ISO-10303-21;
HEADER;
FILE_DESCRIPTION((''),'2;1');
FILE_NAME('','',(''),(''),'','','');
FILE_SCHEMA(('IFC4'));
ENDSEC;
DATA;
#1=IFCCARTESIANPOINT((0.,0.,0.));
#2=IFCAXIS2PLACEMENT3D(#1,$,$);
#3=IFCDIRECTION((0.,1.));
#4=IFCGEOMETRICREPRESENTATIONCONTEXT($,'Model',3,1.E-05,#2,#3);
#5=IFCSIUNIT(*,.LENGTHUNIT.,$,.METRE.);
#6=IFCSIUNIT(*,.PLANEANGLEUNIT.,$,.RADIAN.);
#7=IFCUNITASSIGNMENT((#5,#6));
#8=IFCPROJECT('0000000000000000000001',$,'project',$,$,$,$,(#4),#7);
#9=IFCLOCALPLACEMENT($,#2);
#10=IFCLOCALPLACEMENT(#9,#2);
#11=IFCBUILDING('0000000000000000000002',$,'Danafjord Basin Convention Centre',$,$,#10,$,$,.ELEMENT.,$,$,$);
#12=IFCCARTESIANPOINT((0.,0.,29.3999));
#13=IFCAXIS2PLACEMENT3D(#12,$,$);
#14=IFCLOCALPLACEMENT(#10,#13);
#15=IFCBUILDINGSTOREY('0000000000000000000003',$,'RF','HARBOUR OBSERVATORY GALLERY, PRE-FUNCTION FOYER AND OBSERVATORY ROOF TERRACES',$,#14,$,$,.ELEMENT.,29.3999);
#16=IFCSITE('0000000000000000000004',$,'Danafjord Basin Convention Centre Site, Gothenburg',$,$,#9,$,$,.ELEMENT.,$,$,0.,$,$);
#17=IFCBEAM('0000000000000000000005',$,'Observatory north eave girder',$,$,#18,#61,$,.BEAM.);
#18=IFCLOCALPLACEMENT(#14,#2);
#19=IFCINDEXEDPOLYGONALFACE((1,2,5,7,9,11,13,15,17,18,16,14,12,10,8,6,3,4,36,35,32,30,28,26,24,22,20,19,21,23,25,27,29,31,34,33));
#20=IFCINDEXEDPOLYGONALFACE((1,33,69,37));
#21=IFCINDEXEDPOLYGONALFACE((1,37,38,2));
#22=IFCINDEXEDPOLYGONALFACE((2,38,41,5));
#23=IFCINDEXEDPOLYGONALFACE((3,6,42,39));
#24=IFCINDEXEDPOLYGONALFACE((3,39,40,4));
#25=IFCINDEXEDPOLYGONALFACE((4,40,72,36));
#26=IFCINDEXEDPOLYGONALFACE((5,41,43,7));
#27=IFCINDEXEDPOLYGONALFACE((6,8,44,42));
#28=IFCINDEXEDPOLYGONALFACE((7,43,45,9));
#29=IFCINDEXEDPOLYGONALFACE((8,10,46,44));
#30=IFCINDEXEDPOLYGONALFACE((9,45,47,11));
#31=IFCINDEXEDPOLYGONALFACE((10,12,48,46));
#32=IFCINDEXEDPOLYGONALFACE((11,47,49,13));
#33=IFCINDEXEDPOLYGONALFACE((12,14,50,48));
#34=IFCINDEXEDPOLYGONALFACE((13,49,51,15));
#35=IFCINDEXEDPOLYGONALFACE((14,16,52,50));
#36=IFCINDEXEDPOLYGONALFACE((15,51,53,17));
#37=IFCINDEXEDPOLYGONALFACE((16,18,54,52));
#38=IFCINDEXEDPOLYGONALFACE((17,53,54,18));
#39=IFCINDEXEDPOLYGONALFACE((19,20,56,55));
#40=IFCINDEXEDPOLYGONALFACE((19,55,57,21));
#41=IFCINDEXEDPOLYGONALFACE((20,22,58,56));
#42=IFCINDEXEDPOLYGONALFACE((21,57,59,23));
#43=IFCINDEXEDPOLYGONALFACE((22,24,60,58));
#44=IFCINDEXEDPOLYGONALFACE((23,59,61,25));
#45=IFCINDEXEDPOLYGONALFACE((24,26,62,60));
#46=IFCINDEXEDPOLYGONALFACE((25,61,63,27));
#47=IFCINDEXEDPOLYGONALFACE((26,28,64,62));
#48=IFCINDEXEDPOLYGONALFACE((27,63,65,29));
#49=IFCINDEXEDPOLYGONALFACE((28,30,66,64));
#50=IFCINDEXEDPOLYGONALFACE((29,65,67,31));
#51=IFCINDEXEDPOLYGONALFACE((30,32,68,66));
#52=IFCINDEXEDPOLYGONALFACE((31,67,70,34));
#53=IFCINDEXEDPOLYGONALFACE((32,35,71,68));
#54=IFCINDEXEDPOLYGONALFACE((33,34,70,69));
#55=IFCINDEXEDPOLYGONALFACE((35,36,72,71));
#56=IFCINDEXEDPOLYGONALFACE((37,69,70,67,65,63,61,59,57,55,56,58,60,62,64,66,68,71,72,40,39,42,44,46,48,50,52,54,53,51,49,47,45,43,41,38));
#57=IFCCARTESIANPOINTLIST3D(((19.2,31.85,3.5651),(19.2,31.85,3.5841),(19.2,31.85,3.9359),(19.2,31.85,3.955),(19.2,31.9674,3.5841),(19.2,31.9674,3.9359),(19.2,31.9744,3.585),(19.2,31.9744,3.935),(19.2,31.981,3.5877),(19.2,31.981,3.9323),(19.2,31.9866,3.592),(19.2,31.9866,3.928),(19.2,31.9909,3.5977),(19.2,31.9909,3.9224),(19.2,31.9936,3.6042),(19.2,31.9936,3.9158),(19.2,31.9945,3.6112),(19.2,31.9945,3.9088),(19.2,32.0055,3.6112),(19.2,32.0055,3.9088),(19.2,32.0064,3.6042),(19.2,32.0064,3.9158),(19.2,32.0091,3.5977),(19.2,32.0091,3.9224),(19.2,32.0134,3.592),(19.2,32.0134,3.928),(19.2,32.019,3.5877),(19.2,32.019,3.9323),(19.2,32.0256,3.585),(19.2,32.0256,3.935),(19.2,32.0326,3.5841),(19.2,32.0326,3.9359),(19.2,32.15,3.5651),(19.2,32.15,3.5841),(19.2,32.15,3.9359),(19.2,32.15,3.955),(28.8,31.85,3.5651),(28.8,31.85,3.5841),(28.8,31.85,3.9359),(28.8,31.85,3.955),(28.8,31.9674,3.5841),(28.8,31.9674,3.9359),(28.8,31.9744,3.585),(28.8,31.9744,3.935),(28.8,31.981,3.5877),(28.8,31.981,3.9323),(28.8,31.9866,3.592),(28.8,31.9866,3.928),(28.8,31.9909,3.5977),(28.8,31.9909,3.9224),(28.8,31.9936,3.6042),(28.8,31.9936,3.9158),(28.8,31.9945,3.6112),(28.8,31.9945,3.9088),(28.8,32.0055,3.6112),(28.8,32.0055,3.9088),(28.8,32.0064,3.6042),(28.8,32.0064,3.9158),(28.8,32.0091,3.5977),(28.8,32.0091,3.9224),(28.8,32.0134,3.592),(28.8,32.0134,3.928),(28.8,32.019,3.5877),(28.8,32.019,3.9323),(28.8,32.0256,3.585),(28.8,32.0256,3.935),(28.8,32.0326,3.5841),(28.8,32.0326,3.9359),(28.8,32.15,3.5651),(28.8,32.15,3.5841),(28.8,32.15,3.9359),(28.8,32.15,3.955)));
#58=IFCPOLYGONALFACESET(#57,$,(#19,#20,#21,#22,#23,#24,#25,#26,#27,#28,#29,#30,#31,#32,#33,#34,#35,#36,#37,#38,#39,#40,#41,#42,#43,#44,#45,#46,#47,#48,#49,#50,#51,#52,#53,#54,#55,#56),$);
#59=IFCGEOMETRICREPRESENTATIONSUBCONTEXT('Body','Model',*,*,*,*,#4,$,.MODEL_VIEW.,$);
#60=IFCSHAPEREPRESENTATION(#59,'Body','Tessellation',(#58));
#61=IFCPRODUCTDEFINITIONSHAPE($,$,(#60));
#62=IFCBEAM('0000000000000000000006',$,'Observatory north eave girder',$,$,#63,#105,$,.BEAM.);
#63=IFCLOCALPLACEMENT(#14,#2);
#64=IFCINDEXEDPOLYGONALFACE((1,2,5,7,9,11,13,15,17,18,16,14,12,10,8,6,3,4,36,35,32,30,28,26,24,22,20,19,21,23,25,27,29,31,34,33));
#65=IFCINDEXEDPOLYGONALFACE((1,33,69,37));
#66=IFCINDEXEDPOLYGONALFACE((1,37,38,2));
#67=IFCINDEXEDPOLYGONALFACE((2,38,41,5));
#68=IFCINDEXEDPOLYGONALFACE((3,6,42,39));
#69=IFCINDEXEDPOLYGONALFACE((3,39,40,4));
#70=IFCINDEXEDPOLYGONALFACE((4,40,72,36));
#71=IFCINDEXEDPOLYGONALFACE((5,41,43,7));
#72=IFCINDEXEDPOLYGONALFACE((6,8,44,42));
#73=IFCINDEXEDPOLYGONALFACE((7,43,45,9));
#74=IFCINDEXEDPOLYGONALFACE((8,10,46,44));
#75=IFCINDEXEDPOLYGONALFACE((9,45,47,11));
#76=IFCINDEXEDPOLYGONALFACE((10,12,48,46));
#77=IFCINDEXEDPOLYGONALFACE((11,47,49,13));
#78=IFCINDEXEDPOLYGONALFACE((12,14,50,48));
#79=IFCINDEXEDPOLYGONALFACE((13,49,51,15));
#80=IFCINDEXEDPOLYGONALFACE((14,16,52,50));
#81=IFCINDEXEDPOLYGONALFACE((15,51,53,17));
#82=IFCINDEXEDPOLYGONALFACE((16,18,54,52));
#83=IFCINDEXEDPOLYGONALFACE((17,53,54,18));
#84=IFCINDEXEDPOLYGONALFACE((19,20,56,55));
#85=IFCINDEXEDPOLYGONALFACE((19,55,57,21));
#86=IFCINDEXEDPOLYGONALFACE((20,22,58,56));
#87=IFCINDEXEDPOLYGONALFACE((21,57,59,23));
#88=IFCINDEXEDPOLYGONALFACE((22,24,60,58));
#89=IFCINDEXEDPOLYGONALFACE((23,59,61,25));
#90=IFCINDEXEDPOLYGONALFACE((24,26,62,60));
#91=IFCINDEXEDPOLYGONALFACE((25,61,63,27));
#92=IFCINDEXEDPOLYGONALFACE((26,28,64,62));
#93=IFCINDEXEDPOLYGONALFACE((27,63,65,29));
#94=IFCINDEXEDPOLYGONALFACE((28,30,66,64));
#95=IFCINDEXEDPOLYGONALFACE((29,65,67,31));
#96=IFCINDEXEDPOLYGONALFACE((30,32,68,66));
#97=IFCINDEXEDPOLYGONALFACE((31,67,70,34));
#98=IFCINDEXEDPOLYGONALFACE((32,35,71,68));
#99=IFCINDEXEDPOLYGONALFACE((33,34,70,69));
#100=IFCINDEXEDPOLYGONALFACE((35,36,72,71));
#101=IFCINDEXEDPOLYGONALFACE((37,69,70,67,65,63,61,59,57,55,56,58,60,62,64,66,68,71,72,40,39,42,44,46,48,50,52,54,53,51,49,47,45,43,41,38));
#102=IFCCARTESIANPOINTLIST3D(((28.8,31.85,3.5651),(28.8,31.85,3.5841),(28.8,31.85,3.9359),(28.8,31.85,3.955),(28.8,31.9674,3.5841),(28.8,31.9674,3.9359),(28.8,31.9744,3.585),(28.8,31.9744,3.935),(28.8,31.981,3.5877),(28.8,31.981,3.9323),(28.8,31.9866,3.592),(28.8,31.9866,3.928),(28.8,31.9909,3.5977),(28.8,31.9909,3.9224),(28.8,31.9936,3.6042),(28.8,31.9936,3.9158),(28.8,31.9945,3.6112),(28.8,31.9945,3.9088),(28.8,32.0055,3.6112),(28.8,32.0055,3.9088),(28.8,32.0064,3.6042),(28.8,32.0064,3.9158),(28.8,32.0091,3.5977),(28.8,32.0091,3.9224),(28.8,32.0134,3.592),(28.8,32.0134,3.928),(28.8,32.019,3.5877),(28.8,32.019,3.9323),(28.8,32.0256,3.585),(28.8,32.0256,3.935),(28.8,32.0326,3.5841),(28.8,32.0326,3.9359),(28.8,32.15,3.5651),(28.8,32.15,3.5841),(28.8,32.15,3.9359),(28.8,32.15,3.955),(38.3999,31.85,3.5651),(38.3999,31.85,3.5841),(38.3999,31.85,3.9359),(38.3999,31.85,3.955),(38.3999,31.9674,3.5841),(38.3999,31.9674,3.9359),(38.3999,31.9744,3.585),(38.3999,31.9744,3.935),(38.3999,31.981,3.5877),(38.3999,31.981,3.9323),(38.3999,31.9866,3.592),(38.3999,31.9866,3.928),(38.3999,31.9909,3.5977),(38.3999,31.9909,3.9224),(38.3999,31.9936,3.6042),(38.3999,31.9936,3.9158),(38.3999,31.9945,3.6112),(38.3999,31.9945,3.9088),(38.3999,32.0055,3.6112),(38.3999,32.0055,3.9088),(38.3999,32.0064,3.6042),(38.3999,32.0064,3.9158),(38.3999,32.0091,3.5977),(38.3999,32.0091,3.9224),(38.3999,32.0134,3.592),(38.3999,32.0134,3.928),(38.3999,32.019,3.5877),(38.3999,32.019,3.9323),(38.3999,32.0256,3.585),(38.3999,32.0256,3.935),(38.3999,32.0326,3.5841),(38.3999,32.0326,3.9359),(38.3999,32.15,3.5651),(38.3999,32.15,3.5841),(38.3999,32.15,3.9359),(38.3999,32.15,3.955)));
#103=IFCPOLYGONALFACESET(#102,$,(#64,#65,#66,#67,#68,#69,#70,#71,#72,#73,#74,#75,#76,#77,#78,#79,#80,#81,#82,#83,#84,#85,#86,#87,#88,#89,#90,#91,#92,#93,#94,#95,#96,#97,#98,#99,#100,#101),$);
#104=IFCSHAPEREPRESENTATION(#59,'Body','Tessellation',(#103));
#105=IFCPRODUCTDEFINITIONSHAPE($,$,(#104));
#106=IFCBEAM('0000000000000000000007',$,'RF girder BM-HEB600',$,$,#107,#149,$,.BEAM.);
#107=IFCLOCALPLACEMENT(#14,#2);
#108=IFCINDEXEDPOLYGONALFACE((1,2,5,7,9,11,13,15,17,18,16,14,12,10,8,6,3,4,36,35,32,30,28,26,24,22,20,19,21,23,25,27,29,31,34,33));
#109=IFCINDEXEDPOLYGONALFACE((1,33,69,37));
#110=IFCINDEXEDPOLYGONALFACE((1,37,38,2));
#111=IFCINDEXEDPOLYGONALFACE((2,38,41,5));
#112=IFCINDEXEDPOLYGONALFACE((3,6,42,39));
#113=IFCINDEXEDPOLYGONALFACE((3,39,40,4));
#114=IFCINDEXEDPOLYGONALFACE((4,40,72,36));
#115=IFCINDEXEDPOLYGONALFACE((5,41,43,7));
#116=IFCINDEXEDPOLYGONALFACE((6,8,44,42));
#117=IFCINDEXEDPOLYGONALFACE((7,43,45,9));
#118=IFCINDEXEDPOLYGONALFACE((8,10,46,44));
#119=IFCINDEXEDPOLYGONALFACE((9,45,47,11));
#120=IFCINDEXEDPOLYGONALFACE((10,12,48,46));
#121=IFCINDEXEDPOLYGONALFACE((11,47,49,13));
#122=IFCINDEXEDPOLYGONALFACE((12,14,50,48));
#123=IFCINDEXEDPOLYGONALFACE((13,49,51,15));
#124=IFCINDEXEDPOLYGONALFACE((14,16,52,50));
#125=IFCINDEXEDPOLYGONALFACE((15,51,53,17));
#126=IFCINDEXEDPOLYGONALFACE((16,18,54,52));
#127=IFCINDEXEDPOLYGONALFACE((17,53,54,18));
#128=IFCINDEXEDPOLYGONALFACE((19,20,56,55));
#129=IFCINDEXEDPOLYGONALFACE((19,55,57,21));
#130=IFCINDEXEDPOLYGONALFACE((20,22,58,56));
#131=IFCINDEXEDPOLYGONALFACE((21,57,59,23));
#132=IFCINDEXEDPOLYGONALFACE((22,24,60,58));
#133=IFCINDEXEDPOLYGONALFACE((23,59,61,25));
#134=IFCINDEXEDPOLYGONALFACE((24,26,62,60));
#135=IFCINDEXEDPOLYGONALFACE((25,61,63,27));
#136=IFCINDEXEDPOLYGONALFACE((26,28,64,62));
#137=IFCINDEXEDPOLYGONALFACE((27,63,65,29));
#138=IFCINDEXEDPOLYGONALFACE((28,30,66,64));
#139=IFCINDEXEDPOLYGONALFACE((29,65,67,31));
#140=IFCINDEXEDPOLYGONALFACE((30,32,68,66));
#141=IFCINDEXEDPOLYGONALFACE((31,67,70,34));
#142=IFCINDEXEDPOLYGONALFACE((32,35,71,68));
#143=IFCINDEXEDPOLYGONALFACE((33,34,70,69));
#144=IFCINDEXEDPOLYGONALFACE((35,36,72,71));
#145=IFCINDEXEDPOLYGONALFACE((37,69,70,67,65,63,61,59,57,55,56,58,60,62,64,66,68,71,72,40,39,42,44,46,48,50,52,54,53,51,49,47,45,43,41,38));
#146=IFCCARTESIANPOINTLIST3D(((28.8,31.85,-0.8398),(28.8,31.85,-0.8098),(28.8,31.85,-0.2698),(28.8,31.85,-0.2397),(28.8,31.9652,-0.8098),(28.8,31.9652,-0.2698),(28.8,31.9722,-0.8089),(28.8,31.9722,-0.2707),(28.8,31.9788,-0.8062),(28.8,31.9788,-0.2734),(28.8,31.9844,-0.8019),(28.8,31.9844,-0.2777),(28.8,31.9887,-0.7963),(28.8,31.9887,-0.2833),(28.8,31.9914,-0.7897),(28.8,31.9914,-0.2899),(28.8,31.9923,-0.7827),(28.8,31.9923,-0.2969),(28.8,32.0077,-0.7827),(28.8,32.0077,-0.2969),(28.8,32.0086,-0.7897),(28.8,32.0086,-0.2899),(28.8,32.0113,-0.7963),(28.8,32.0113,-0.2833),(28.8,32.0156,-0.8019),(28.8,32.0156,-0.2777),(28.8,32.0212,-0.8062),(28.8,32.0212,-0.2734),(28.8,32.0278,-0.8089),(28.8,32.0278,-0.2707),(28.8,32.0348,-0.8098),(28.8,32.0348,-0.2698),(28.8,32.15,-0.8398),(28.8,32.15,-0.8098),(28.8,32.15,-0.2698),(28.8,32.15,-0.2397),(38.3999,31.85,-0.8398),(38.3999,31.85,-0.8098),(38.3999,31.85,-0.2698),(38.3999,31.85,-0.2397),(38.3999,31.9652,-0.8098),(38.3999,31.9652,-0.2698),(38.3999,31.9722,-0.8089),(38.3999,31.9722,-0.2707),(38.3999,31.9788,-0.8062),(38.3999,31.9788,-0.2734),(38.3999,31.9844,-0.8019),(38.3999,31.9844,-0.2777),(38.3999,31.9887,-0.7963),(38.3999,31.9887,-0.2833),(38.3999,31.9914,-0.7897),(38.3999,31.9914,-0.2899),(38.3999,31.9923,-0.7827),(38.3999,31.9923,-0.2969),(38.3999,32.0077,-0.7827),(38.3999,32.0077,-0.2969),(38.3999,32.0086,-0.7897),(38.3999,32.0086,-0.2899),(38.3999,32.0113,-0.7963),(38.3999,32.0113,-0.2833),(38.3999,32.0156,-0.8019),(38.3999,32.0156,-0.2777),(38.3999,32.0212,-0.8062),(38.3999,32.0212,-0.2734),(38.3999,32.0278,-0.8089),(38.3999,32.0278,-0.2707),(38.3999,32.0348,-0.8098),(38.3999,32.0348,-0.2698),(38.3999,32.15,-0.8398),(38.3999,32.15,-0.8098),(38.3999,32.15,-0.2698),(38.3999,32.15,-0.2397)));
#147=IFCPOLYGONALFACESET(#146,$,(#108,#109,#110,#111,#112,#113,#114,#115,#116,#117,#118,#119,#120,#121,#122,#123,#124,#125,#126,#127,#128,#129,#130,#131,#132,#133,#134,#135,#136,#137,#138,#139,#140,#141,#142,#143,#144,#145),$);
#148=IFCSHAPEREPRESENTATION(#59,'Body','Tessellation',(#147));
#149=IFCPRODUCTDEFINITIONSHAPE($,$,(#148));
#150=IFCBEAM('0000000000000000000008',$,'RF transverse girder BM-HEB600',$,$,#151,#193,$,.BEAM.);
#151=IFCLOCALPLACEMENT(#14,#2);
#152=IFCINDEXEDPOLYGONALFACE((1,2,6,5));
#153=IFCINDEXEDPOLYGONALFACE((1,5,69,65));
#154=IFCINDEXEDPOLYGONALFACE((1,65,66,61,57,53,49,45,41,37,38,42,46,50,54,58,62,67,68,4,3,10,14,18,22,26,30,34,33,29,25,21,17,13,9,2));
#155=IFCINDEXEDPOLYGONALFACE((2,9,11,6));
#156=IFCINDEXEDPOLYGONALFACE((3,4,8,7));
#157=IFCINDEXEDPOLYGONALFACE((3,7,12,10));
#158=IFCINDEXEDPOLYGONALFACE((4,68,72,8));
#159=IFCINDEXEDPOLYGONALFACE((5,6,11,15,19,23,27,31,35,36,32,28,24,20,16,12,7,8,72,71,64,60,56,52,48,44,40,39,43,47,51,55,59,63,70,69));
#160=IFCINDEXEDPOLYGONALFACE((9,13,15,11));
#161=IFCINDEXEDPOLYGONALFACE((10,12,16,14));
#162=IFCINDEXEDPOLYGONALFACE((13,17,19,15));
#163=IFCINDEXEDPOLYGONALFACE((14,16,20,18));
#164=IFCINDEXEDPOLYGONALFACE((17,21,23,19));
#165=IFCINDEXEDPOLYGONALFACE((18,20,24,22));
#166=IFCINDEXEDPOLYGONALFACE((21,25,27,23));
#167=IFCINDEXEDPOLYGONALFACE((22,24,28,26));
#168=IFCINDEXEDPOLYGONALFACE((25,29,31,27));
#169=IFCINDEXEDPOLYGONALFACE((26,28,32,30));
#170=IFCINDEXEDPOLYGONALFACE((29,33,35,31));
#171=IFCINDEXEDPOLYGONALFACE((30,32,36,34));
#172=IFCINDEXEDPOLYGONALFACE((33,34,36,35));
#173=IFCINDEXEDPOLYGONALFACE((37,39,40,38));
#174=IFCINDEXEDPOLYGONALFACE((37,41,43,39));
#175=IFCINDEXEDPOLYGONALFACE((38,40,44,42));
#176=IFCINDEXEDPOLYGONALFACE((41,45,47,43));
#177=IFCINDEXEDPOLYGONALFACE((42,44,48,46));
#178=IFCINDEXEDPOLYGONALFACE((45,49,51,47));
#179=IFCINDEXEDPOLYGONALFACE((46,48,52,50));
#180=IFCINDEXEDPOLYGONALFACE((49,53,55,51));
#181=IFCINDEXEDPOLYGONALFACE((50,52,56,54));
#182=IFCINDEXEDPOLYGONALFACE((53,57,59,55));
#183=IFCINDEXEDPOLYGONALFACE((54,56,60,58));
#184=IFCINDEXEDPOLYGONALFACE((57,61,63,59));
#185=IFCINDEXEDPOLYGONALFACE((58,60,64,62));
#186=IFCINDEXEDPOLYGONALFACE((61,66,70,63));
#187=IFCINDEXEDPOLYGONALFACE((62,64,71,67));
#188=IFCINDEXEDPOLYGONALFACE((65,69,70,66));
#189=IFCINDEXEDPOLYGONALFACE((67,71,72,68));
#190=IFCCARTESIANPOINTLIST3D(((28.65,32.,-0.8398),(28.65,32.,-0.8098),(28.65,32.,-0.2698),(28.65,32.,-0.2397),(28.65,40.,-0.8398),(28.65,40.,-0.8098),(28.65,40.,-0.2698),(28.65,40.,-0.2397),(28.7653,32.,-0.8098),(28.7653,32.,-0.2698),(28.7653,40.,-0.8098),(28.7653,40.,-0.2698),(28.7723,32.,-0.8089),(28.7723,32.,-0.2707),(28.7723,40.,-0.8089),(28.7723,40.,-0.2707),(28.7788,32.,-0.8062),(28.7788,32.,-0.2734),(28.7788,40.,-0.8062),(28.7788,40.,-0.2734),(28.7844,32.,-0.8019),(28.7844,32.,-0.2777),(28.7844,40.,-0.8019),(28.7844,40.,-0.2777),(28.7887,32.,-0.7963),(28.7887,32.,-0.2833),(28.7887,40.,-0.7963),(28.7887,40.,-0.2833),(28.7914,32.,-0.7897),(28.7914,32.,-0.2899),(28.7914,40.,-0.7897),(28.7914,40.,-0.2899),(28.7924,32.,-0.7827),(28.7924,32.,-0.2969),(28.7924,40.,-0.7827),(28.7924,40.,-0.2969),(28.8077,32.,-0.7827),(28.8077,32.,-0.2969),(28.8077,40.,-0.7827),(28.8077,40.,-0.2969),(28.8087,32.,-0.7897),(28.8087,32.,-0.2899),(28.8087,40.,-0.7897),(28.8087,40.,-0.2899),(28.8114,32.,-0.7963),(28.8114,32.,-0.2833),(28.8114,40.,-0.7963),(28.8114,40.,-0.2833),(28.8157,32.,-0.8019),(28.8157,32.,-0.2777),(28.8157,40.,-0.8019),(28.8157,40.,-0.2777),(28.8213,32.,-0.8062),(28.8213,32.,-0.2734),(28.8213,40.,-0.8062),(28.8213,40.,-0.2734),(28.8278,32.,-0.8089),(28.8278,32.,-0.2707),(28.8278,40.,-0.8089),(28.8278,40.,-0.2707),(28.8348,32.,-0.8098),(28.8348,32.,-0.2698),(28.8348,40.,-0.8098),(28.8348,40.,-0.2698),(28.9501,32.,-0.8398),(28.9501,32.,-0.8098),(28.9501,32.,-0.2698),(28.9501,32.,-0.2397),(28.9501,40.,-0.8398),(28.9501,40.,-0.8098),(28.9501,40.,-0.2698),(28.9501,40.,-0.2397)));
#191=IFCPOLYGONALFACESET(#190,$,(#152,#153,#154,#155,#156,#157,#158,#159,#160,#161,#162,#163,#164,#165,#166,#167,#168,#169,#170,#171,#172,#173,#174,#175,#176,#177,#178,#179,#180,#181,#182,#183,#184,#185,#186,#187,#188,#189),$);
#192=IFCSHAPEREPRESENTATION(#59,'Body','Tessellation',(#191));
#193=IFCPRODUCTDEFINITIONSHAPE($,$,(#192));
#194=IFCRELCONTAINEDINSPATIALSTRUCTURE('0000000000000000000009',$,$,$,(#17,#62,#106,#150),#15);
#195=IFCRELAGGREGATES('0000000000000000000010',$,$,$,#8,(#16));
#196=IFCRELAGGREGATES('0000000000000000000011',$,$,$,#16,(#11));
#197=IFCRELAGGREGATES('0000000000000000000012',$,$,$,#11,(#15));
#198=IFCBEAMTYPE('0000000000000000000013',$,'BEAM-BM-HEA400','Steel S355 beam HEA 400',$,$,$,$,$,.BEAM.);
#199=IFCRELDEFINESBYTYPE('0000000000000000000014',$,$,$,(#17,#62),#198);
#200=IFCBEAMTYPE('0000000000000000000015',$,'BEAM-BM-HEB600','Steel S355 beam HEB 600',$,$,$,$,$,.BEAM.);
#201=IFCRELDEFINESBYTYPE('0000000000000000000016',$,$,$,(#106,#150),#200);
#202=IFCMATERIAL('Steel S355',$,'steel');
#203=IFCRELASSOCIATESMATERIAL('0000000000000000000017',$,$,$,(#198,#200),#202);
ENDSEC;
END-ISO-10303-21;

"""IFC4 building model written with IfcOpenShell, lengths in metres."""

from ifc_helpers import new_model, si_unit, direction, frame, origin, origin_2d, place, context, subcontext, project, spatial, i_section, extrude, material, material_profile, profile_set, type_object, element, save


model = new_model("IFC4")

# Units and contexts
model_context = context("Model", 3, precision=1e-05, world=origin(), true_north=direction((0.0, 1.0)))
body_context = subcontext(model_context, "Body", "Model", "MODEL_VIEW")
ifc_project = project(units=[si_unit("LENGTHUNIT", "METRE"), si_unit("PLANEANGLEUNIT", "RADIAN")], contexts=[model_context])

# Site, building, storey
site_placement = place(None, origin())
site = spatial("IfcSite", under=ifc_project, at=site_placement, Name="Danafjord Basin Convention Centre Site, Gothenburg", CompositionType="ELEMENT", RefElevation=0.0)
building_placement = place(site_placement, origin())
building = spatial("IfcBuilding", under=site, at=building_placement, Name="Danafjord Basin Convention Centre", CompositionType="ELEMENT")
storey_placement = place(building_placement, frame((0.0, 0.0, 29.3999)))
storey = spatial("IfcBuildingStorey", under=building, at=storey_placement, Name="RF", Description="HARBOUR OBSERVATORY GALLERY, PRE-FUNCTION FOYER AND OBSERVATORY ROOF TERRACES", CompositionType="ELEMENT", Elevation=29.3999)

# Shared definitions
ifc_material_1 = material(Name="Steel S355", Category="steel")

# Beams
ifc_material_profile_1 = material_profile(ifc_material_1, i_section(OverallWidth=0.3, OverallDepth=0.3899, WebThickness=0.011, FlangeThickness=0.019, FilletRadius=0.0271, at=origin_2d()), Name="HEA 400")
ifc_profile_set_1 = profile_set([ifc_material_profile_1], Name="Steel S355")
beam_type_1 = type_object("IfcBeamType", Name="BEAM-BM-HEA400", Description="Steel S355 beam HEA 400", PredefinedType="BEAM", material=ifc_profile_set_1)
beam_1_placement = place(storey_placement, frame((19.2, 32.0, 3.76), z_axis=(1.0, 0.0, 0.0), x_axis=(0.0, 1.0, 0.0)))
element("IfcBeam", 1, at=beam_1_placement, inside=storey, type_object=beam_type_1, Name="Observatory north eave girder", PredefinedType="BEAM", context=body_context, shape_type="SweptSolid", body=[
    extrude(i_section(OverallWidth=0.3, OverallDepth=0.3899, WebThickness=0.011, FlangeThickness=0.019, FilletRadius=0.0271, at=origin_2d()), origin(), (0.0, 0.0, 1.0), 9.6001),
])
beam_2_placement = place(storey_placement, frame((28.8, 32.0, 3.76), z_axis=(1.0, 0.0, 0.0), x_axis=(0.0, 1.0, 0.0)))
element("IfcBeam", 2, at=beam_2_placement, inside=storey, type_object=beam_type_1, Name="Observatory north eave girder", PredefinedType="BEAM", context=body_context, shape_type="SweptSolid", body=[
    extrude(i_section(OverallWidth=0.3, OverallDepth=0.3899, WebThickness=0.011, FlangeThickness=0.019, FilletRadius=0.0271, at=origin_2d()), origin(), (0.0, 0.0, 1.0), 9.5999),
])
ifc_material_profile_2 = material_profile(ifc_material_1, i_section(OverallWidth=0.3, OverallDepth=0.6001, WebThickness=0.0154, FlangeThickness=0.03, FilletRadius=0.0271, at=origin_2d()), Name="HEB 600")
ifc_profile_set_2 = profile_set([ifc_material_profile_2], Name="Steel S355")
beam_type_2 = type_object("IfcBeamType", Name="BEAM-BM-HEB600", Description="Steel S355 beam HEB 600", PredefinedType="BEAM", material=ifc_profile_set_2)
beam_3_placement = place(storey_placement, frame((28.8, 32.0, -0.5398), z_axis=(1.0, 0.0, 0.0), x_axis=(0.0, 1.0, 0.0)))
element("IfcBeam", 3, at=beam_3_placement, inside=storey, type_object=beam_type_2, Name="RF girder BM-HEB600", PredefinedType="BEAM", context=body_context, shape_type="SweptSolid", body=[
    extrude(i_section(OverallWidth=0.3, OverallDepth=0.6001, WebThickness=0.0154, FlangeThickness=0.03, FilletRadius=0.0271, at=origin_2d()), origin(), (0.0, 0.0, 1.0), 9.5999),
])
beam_4_placement = place(storey_placement, frame((28.8, 32.0, -0.5398), z_axis=(0.0, 1.0, 0.0), x_axis=(-1.0, 0.0, 0.0)))
element("IfcBeam", 4, at=beam_4_placement, inside=storey, type_object=beam_type_2, Name="RF transverse girder BM-HEB600", PredefinedType="BEAM", context=body_context, shape_type="SweptSolid", body=[
    extrude(i_section(OverallWidth=0.3, OverallDepth=0.6001, WebThickness=0.0154, FlangeThickness=0.03, FilletRadius=0.0271, at=origin_2d()), origin(), (0.0, 0.0, 1.0), 8.0),
])

save(model, "model.ifc")
